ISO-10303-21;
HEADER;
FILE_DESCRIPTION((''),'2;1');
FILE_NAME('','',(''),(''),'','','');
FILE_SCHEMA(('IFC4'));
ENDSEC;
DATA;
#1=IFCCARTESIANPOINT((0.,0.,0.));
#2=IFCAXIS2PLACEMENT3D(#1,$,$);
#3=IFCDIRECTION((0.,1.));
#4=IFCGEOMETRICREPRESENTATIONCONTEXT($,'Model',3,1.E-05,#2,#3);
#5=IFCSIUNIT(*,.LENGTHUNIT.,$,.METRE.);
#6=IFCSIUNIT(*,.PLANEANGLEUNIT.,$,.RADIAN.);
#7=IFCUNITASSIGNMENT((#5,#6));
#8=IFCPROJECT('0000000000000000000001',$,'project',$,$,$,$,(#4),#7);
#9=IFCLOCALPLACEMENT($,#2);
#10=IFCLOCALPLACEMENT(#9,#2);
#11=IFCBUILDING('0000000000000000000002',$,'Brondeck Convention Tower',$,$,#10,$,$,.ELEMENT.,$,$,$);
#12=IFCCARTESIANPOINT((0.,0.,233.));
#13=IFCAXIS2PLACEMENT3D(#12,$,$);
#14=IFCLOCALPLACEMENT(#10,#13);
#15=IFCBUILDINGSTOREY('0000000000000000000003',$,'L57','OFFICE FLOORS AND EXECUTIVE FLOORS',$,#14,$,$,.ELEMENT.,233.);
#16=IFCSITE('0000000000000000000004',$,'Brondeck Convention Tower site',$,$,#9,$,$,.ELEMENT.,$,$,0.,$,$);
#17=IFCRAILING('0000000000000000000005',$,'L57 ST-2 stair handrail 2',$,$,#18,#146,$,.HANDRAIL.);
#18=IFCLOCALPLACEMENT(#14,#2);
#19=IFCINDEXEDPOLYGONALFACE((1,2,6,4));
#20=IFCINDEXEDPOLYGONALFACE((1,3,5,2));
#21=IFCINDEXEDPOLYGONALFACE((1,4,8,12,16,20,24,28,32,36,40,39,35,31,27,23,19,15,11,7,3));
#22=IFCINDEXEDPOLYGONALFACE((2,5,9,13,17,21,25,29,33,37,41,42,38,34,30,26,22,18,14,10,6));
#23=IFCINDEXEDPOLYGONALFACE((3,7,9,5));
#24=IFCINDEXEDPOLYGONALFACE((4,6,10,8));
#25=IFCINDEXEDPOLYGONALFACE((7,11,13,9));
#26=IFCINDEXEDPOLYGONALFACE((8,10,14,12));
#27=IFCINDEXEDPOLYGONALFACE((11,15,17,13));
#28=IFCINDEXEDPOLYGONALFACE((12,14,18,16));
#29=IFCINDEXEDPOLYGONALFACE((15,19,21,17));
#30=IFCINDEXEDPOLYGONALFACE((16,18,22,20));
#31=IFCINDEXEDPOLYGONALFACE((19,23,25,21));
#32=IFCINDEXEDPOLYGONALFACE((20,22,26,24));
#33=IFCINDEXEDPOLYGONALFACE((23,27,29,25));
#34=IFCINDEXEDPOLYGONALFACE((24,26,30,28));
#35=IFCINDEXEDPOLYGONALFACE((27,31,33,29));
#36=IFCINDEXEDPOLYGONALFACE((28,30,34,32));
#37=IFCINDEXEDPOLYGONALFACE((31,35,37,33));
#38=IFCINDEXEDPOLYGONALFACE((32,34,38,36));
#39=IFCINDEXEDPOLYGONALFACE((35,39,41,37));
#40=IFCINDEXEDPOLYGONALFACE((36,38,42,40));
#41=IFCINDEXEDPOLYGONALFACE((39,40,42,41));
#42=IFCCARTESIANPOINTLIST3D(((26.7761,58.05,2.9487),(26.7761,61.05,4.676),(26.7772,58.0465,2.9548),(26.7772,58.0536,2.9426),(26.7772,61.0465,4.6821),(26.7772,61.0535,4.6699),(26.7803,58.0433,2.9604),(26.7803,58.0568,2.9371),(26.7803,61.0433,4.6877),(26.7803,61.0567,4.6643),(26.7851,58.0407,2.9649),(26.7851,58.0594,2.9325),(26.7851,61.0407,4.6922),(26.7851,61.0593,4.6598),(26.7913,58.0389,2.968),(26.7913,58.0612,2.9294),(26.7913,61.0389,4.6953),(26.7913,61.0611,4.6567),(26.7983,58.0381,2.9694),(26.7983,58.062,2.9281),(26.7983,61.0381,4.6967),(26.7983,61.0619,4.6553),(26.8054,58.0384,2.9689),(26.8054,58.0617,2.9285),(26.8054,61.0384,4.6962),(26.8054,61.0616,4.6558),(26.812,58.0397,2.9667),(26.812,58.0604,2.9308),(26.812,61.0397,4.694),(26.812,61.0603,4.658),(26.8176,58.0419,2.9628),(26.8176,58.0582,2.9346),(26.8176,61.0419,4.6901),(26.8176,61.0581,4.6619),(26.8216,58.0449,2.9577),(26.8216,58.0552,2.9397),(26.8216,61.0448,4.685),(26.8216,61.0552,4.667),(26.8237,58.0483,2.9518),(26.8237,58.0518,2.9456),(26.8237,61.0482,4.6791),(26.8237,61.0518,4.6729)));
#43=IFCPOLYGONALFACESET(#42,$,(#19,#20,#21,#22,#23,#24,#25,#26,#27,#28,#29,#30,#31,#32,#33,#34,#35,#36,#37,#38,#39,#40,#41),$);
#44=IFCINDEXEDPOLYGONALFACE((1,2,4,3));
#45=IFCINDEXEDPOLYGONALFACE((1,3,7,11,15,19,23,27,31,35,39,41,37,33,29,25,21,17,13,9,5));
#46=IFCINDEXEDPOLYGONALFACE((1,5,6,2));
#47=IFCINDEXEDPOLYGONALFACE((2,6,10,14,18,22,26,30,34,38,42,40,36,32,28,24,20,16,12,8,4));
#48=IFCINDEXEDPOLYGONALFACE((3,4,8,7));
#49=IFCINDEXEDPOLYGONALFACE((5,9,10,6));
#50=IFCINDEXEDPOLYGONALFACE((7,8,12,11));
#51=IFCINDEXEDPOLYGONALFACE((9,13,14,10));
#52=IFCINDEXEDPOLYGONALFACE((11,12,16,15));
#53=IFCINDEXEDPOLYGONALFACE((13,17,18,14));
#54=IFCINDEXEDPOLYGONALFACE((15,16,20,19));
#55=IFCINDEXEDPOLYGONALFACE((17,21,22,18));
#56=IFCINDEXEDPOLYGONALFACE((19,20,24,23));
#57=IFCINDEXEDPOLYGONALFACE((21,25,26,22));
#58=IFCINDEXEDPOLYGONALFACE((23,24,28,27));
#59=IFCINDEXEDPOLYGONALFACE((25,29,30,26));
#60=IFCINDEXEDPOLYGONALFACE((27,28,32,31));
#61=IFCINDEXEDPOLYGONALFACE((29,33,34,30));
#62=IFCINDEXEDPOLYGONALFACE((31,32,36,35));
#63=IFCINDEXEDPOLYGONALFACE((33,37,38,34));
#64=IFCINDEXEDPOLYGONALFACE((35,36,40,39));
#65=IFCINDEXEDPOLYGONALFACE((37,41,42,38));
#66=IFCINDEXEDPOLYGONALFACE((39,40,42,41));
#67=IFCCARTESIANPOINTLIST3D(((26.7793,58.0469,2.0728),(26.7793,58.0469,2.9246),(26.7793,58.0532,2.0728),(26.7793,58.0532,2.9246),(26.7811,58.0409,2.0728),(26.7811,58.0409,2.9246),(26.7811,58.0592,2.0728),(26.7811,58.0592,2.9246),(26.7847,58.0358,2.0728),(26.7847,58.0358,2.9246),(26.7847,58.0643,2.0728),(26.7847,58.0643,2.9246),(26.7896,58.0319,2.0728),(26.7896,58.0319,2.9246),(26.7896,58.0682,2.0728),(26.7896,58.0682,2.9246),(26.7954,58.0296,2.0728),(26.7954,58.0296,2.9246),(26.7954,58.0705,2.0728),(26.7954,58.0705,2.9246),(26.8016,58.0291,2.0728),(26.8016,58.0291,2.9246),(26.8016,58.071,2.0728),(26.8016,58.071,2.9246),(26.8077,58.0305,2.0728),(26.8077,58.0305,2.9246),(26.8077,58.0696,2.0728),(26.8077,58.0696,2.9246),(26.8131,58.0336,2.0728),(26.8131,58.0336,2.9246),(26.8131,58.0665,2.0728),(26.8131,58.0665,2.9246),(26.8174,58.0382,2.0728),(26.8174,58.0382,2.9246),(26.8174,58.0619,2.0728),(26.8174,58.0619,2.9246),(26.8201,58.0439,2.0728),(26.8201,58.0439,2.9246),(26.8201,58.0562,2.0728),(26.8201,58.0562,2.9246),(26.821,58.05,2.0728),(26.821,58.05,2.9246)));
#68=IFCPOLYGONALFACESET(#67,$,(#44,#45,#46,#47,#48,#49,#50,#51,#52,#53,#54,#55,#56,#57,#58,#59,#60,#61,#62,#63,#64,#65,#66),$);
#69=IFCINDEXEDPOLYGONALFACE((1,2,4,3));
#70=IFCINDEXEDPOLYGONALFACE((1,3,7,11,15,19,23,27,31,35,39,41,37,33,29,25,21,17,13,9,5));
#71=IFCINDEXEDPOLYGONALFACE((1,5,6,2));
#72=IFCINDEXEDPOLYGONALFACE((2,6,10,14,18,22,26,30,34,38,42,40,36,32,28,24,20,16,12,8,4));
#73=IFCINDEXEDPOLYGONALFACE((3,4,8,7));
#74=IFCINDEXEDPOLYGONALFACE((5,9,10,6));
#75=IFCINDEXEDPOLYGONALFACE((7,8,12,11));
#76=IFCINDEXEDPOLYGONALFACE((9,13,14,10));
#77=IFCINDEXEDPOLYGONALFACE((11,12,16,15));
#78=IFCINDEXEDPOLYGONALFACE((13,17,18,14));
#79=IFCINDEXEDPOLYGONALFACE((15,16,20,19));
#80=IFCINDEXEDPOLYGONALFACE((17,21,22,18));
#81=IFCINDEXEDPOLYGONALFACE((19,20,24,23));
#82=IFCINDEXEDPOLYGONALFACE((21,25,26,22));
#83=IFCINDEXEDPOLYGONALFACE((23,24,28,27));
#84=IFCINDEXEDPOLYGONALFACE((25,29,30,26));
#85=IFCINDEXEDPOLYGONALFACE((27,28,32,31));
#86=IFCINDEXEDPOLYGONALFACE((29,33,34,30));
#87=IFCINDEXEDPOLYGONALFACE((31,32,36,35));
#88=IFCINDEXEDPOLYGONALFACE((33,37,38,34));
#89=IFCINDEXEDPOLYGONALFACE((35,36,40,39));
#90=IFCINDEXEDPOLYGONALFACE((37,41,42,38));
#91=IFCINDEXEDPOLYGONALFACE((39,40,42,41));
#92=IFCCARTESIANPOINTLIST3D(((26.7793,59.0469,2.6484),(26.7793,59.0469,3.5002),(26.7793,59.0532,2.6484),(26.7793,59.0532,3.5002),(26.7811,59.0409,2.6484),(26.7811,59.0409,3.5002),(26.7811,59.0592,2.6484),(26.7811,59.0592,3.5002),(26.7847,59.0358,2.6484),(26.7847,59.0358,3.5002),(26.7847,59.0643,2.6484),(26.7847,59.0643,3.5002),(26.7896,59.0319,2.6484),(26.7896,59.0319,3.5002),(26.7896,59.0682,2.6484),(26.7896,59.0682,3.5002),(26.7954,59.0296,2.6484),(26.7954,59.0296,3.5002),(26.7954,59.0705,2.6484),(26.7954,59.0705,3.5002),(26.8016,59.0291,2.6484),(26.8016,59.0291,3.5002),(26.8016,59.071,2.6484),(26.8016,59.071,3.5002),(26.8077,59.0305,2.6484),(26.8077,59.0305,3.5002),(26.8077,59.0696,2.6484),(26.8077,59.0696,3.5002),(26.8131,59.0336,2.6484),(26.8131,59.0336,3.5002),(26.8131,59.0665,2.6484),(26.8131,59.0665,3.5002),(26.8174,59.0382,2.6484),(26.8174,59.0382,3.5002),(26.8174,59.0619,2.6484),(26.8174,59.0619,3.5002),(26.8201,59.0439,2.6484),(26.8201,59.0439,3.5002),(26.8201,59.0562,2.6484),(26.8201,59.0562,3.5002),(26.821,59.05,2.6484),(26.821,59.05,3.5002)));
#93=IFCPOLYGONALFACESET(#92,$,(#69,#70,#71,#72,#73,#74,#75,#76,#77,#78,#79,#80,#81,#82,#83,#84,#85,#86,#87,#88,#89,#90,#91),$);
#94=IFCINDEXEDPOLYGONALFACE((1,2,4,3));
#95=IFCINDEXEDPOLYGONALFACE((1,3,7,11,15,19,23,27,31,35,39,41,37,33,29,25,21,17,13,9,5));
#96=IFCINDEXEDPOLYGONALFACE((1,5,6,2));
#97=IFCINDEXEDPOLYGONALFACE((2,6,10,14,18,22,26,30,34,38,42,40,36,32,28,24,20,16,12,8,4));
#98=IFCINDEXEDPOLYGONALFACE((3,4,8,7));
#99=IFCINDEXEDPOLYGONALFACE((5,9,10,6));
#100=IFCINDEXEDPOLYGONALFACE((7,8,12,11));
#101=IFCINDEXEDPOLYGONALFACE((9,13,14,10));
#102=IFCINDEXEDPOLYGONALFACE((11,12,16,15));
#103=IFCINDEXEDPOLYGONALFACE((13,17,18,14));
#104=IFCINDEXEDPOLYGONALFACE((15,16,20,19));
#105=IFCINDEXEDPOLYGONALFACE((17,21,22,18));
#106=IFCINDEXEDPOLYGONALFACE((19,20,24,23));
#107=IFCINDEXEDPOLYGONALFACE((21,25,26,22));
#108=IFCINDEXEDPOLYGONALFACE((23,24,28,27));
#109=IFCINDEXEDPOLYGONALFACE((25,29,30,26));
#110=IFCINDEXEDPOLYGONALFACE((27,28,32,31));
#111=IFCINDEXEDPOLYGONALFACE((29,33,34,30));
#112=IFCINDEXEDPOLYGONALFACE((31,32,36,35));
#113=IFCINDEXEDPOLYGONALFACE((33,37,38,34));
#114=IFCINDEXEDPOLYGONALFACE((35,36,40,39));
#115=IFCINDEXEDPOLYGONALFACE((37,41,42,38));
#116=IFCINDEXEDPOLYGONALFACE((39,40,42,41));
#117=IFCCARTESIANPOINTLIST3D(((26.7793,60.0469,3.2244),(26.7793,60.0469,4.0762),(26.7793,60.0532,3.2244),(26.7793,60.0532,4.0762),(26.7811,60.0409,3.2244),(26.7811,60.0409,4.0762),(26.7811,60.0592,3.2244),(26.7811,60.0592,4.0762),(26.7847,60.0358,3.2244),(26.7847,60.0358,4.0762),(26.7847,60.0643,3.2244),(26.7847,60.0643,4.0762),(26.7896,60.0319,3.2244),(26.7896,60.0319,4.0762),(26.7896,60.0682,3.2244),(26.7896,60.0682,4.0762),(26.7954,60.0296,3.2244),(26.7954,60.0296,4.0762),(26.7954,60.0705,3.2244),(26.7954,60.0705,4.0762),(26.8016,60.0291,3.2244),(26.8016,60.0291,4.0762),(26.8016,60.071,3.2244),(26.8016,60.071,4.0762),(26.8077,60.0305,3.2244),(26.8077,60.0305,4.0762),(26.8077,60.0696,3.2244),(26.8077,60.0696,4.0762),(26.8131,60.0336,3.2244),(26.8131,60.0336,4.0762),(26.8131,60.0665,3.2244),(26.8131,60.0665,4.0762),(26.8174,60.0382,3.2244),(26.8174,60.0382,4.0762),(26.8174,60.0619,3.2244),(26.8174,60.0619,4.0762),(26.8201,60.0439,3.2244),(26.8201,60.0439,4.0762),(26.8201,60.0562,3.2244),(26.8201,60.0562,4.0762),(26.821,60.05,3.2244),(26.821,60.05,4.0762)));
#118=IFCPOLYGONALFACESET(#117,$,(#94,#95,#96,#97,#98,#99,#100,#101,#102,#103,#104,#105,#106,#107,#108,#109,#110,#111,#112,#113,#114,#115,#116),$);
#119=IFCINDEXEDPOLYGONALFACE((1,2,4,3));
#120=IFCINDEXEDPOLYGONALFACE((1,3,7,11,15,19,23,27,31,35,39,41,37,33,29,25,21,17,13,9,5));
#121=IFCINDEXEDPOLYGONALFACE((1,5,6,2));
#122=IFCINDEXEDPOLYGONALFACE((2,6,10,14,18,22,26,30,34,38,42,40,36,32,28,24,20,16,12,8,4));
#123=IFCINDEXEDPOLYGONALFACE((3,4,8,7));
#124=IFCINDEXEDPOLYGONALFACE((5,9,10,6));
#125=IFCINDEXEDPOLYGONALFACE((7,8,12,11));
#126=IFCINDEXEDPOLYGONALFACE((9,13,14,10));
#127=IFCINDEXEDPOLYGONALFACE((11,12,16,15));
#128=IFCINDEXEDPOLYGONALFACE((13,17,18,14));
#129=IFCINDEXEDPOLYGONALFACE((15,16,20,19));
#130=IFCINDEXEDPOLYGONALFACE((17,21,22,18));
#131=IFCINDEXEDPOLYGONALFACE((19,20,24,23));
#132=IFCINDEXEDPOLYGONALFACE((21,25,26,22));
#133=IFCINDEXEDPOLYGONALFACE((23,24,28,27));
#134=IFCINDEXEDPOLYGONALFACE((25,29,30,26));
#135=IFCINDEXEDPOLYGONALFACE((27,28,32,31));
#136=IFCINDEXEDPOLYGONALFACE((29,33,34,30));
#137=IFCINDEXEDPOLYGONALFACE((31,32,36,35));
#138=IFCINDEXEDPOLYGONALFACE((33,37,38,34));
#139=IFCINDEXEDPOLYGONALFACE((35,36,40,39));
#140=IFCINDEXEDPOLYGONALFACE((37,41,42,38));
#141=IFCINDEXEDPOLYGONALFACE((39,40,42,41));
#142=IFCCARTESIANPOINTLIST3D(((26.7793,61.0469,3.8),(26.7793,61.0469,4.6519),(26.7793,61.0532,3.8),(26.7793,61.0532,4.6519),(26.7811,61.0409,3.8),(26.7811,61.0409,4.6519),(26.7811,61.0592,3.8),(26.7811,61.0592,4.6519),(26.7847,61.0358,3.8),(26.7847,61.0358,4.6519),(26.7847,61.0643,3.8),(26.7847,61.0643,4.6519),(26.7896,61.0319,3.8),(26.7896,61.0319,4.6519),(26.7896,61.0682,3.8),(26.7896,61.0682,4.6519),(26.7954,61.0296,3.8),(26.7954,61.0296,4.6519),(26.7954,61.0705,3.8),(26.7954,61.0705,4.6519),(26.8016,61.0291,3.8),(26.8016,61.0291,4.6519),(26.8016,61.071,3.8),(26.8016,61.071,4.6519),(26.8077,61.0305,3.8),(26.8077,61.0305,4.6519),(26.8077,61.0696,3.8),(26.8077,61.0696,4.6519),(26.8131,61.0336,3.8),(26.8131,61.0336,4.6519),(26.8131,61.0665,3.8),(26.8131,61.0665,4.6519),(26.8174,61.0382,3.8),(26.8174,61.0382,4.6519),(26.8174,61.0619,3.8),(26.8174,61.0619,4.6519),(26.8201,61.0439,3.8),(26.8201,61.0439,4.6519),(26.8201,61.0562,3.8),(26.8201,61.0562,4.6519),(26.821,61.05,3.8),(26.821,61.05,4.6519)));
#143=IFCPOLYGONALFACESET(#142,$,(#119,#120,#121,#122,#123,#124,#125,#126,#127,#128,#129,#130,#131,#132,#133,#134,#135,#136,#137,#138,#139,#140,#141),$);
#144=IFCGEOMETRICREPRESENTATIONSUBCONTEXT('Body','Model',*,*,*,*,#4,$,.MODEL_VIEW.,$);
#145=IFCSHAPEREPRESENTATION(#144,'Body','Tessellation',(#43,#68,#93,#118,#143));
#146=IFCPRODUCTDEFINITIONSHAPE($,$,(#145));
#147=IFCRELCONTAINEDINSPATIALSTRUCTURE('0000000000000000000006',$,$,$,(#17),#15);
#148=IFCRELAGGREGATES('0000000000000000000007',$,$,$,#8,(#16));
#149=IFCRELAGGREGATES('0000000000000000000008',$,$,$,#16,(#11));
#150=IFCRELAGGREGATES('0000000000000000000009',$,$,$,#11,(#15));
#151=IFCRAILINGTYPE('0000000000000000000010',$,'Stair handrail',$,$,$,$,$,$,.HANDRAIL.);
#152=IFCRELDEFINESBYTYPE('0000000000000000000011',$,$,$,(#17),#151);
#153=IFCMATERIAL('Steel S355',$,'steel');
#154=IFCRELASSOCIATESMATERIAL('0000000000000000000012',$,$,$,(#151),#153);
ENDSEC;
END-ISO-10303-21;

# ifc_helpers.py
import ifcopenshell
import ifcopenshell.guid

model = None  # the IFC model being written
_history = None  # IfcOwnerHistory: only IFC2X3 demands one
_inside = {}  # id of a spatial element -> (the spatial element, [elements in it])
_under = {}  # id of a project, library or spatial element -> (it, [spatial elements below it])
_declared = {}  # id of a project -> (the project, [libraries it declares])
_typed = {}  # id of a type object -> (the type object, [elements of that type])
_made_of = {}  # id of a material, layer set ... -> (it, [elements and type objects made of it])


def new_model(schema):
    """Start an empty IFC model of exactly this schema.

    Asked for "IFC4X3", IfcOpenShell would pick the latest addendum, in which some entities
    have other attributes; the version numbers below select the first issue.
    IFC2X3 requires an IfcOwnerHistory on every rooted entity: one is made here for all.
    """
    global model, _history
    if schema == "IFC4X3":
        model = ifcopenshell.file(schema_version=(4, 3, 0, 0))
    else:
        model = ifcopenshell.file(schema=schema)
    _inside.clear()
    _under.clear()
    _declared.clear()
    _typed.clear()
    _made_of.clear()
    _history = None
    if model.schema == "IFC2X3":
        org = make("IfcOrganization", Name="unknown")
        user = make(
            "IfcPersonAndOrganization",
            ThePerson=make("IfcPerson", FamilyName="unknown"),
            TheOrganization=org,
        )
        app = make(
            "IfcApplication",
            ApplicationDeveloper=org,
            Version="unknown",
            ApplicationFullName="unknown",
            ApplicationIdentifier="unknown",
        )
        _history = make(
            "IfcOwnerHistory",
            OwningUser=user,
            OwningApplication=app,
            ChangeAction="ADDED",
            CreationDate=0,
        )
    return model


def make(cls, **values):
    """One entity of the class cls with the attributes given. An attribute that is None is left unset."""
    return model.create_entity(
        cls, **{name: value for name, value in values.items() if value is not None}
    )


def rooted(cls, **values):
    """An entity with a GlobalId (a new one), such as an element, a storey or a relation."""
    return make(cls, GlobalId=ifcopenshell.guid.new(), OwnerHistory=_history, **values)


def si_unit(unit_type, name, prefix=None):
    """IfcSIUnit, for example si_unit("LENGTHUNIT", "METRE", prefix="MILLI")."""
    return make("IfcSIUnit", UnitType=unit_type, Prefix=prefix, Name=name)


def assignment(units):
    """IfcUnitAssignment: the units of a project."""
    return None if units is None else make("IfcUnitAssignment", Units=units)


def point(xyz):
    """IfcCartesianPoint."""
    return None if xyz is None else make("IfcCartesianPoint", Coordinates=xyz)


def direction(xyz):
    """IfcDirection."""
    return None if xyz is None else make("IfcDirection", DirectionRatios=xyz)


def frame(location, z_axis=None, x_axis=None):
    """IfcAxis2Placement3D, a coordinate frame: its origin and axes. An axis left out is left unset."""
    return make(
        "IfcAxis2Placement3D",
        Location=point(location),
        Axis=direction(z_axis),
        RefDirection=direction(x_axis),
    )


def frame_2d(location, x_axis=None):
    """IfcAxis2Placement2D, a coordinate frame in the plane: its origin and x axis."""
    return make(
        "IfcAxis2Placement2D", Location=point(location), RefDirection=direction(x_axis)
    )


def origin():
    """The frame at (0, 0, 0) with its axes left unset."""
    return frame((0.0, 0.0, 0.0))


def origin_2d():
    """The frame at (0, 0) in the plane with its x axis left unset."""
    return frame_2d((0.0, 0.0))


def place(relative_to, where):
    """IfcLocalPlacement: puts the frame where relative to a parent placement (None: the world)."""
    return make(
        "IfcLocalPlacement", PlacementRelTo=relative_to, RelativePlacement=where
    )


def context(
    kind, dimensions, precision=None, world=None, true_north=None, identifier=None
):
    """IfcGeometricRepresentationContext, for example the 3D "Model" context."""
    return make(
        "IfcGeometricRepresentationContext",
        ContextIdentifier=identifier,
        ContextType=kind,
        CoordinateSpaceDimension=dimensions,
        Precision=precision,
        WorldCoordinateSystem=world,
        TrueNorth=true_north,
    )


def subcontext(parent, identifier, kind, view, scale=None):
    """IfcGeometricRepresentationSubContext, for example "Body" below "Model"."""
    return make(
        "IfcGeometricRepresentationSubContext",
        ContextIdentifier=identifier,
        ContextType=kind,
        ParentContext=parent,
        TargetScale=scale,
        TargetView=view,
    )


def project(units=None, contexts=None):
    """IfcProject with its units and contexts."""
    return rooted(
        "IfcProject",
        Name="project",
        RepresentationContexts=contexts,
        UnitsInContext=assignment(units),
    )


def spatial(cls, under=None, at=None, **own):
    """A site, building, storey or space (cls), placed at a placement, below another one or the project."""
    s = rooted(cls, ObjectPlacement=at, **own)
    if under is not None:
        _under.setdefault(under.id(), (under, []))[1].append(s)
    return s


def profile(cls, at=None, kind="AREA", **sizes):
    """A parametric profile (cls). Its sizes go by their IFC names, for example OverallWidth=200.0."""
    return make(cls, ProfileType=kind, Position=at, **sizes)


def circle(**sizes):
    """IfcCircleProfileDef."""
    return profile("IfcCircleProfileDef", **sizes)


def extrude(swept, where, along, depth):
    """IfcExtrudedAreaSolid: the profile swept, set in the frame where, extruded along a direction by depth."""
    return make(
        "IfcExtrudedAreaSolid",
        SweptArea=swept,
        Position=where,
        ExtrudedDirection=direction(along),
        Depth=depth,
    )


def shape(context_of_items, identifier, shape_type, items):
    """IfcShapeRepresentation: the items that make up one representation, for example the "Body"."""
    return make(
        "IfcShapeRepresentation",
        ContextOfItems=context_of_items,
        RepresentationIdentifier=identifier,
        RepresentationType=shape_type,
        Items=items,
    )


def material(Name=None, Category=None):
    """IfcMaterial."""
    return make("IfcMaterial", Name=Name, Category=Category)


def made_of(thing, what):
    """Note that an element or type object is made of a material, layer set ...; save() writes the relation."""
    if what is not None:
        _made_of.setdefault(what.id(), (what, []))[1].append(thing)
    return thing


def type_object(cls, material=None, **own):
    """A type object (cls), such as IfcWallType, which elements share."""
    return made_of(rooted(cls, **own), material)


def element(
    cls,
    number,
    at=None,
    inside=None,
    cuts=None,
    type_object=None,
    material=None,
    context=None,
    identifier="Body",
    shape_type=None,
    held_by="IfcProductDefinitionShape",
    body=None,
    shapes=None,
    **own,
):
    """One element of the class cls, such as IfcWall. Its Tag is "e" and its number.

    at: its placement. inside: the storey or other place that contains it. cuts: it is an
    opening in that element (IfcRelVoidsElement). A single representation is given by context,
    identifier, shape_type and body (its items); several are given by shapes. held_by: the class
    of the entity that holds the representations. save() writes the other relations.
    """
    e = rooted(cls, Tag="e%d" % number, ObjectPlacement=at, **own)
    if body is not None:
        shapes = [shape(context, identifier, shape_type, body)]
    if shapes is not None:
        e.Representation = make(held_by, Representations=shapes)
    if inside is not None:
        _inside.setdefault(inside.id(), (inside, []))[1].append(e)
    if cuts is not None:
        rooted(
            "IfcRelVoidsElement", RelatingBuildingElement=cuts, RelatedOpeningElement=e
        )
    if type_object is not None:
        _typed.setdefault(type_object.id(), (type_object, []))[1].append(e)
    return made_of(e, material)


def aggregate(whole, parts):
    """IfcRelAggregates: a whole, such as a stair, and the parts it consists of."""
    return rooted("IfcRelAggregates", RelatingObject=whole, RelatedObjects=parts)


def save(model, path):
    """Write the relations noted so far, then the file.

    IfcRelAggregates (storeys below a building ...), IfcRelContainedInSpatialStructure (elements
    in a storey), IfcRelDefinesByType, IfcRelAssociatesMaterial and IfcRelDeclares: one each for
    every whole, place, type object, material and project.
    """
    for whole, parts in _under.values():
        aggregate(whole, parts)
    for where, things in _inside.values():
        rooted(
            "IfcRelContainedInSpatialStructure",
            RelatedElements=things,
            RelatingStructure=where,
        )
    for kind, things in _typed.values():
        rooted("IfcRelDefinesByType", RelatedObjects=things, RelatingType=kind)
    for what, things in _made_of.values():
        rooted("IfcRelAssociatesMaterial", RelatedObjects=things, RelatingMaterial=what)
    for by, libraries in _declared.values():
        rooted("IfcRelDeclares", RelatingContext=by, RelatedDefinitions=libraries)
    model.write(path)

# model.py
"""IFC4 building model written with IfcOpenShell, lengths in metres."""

from ifc_helpers import new_model, si_unit, direction, frame, origin, origin_2d, place, context, subcontext, project, spatial, circle, extrude, material, type_object, element, save


model = new_model("IFC4")

# Units and contexts
model_context = context("Model", 3, precision=1e-05, world=origin(), true_north=direction((0.0, 1.0)))
body_context = subcontext(model_context, "Body", "Model", "MODEL_VIEW")
ifc_project = project(units=[si_unit("LENGTHUNIT", "METRE"), si_unit("PLANEANGLEUNIT", "RADIAN")], contexts=[model_context])

# Site, building, storey
site_placement = place(None, origin())
site = spatial("IfcSite", under=ifc_project, at=site_placement, Name="Brondeck Convention Tower site", CompositionType="ELEMENT", RefElevation=0.0)
building_placement = place(site_placement, origin())
building = spatial("IfcBuilding", under=site, at=building_placement, Name="Brondeck Convention Tower", CompositionType="ELEMENT")
storey_placement = place(building_placement, frame((0.0, 0.0, 233.0)))
storey = spatial("IfcBuildingStorey", under=building, at=storey_placement, Name="L57", Description="OFFICE FLOORS AND EXECUTIVE FLOORS", CompositionType="ELEMENT", Elevation=233.0)

# Railing
ifc_material_1 = material(Name="Steel S355", Category="steel")
railing_type_1 = type_object("IfcRailingType", Name="Stair handrail", PredefinedType="HANDRAIL", material=ifc_material_1)
railing_1_placement = place(storey_placement, frame((26.8, 58.05, 2.0728)))
element("IfcRailing", 1, at=railing_1_placement, inside=storey, type_object=railing_type_1, Name="L57 ST-2 stair handrail 2", PredefinedType="HANDRAIL", context=body_context, shape_type="SweptSolid", body=[
    extrude(circle(Radius=0.0239, at=origin_2d()), frame((0.0, 0.0, 0.876), z_axis=(0.0, 0.86662, 0.498969), x_axis=(-1.0, 0.0, 0.0)), (0.0, 0.0, 1.0), 3.4617),
    extrude(circle(Radius=0.021, at=origin_2d()), origin(), (0.0, 0.0, 1.0), 0.8518),
    extrude(circle(Radius=0.021, at=origin_2d()), frame((0.0, 1.0, 0.5757)), (0.0, 0.0, 1.0), 0.8518),
    extrude(circle(Radius=0.021, at=origin_2d()), frame((0.0, 2.0, 1.1516)), (0.0, 0.0, 1.0), 0.8518),
    extrude(circle(Radius=0.021, at=origin_2d()), frame((0.0, 3.0, 1.7273)), (0.0, 0.0, 1.0), 0.8518),
])

save(model, "model.ifc")
